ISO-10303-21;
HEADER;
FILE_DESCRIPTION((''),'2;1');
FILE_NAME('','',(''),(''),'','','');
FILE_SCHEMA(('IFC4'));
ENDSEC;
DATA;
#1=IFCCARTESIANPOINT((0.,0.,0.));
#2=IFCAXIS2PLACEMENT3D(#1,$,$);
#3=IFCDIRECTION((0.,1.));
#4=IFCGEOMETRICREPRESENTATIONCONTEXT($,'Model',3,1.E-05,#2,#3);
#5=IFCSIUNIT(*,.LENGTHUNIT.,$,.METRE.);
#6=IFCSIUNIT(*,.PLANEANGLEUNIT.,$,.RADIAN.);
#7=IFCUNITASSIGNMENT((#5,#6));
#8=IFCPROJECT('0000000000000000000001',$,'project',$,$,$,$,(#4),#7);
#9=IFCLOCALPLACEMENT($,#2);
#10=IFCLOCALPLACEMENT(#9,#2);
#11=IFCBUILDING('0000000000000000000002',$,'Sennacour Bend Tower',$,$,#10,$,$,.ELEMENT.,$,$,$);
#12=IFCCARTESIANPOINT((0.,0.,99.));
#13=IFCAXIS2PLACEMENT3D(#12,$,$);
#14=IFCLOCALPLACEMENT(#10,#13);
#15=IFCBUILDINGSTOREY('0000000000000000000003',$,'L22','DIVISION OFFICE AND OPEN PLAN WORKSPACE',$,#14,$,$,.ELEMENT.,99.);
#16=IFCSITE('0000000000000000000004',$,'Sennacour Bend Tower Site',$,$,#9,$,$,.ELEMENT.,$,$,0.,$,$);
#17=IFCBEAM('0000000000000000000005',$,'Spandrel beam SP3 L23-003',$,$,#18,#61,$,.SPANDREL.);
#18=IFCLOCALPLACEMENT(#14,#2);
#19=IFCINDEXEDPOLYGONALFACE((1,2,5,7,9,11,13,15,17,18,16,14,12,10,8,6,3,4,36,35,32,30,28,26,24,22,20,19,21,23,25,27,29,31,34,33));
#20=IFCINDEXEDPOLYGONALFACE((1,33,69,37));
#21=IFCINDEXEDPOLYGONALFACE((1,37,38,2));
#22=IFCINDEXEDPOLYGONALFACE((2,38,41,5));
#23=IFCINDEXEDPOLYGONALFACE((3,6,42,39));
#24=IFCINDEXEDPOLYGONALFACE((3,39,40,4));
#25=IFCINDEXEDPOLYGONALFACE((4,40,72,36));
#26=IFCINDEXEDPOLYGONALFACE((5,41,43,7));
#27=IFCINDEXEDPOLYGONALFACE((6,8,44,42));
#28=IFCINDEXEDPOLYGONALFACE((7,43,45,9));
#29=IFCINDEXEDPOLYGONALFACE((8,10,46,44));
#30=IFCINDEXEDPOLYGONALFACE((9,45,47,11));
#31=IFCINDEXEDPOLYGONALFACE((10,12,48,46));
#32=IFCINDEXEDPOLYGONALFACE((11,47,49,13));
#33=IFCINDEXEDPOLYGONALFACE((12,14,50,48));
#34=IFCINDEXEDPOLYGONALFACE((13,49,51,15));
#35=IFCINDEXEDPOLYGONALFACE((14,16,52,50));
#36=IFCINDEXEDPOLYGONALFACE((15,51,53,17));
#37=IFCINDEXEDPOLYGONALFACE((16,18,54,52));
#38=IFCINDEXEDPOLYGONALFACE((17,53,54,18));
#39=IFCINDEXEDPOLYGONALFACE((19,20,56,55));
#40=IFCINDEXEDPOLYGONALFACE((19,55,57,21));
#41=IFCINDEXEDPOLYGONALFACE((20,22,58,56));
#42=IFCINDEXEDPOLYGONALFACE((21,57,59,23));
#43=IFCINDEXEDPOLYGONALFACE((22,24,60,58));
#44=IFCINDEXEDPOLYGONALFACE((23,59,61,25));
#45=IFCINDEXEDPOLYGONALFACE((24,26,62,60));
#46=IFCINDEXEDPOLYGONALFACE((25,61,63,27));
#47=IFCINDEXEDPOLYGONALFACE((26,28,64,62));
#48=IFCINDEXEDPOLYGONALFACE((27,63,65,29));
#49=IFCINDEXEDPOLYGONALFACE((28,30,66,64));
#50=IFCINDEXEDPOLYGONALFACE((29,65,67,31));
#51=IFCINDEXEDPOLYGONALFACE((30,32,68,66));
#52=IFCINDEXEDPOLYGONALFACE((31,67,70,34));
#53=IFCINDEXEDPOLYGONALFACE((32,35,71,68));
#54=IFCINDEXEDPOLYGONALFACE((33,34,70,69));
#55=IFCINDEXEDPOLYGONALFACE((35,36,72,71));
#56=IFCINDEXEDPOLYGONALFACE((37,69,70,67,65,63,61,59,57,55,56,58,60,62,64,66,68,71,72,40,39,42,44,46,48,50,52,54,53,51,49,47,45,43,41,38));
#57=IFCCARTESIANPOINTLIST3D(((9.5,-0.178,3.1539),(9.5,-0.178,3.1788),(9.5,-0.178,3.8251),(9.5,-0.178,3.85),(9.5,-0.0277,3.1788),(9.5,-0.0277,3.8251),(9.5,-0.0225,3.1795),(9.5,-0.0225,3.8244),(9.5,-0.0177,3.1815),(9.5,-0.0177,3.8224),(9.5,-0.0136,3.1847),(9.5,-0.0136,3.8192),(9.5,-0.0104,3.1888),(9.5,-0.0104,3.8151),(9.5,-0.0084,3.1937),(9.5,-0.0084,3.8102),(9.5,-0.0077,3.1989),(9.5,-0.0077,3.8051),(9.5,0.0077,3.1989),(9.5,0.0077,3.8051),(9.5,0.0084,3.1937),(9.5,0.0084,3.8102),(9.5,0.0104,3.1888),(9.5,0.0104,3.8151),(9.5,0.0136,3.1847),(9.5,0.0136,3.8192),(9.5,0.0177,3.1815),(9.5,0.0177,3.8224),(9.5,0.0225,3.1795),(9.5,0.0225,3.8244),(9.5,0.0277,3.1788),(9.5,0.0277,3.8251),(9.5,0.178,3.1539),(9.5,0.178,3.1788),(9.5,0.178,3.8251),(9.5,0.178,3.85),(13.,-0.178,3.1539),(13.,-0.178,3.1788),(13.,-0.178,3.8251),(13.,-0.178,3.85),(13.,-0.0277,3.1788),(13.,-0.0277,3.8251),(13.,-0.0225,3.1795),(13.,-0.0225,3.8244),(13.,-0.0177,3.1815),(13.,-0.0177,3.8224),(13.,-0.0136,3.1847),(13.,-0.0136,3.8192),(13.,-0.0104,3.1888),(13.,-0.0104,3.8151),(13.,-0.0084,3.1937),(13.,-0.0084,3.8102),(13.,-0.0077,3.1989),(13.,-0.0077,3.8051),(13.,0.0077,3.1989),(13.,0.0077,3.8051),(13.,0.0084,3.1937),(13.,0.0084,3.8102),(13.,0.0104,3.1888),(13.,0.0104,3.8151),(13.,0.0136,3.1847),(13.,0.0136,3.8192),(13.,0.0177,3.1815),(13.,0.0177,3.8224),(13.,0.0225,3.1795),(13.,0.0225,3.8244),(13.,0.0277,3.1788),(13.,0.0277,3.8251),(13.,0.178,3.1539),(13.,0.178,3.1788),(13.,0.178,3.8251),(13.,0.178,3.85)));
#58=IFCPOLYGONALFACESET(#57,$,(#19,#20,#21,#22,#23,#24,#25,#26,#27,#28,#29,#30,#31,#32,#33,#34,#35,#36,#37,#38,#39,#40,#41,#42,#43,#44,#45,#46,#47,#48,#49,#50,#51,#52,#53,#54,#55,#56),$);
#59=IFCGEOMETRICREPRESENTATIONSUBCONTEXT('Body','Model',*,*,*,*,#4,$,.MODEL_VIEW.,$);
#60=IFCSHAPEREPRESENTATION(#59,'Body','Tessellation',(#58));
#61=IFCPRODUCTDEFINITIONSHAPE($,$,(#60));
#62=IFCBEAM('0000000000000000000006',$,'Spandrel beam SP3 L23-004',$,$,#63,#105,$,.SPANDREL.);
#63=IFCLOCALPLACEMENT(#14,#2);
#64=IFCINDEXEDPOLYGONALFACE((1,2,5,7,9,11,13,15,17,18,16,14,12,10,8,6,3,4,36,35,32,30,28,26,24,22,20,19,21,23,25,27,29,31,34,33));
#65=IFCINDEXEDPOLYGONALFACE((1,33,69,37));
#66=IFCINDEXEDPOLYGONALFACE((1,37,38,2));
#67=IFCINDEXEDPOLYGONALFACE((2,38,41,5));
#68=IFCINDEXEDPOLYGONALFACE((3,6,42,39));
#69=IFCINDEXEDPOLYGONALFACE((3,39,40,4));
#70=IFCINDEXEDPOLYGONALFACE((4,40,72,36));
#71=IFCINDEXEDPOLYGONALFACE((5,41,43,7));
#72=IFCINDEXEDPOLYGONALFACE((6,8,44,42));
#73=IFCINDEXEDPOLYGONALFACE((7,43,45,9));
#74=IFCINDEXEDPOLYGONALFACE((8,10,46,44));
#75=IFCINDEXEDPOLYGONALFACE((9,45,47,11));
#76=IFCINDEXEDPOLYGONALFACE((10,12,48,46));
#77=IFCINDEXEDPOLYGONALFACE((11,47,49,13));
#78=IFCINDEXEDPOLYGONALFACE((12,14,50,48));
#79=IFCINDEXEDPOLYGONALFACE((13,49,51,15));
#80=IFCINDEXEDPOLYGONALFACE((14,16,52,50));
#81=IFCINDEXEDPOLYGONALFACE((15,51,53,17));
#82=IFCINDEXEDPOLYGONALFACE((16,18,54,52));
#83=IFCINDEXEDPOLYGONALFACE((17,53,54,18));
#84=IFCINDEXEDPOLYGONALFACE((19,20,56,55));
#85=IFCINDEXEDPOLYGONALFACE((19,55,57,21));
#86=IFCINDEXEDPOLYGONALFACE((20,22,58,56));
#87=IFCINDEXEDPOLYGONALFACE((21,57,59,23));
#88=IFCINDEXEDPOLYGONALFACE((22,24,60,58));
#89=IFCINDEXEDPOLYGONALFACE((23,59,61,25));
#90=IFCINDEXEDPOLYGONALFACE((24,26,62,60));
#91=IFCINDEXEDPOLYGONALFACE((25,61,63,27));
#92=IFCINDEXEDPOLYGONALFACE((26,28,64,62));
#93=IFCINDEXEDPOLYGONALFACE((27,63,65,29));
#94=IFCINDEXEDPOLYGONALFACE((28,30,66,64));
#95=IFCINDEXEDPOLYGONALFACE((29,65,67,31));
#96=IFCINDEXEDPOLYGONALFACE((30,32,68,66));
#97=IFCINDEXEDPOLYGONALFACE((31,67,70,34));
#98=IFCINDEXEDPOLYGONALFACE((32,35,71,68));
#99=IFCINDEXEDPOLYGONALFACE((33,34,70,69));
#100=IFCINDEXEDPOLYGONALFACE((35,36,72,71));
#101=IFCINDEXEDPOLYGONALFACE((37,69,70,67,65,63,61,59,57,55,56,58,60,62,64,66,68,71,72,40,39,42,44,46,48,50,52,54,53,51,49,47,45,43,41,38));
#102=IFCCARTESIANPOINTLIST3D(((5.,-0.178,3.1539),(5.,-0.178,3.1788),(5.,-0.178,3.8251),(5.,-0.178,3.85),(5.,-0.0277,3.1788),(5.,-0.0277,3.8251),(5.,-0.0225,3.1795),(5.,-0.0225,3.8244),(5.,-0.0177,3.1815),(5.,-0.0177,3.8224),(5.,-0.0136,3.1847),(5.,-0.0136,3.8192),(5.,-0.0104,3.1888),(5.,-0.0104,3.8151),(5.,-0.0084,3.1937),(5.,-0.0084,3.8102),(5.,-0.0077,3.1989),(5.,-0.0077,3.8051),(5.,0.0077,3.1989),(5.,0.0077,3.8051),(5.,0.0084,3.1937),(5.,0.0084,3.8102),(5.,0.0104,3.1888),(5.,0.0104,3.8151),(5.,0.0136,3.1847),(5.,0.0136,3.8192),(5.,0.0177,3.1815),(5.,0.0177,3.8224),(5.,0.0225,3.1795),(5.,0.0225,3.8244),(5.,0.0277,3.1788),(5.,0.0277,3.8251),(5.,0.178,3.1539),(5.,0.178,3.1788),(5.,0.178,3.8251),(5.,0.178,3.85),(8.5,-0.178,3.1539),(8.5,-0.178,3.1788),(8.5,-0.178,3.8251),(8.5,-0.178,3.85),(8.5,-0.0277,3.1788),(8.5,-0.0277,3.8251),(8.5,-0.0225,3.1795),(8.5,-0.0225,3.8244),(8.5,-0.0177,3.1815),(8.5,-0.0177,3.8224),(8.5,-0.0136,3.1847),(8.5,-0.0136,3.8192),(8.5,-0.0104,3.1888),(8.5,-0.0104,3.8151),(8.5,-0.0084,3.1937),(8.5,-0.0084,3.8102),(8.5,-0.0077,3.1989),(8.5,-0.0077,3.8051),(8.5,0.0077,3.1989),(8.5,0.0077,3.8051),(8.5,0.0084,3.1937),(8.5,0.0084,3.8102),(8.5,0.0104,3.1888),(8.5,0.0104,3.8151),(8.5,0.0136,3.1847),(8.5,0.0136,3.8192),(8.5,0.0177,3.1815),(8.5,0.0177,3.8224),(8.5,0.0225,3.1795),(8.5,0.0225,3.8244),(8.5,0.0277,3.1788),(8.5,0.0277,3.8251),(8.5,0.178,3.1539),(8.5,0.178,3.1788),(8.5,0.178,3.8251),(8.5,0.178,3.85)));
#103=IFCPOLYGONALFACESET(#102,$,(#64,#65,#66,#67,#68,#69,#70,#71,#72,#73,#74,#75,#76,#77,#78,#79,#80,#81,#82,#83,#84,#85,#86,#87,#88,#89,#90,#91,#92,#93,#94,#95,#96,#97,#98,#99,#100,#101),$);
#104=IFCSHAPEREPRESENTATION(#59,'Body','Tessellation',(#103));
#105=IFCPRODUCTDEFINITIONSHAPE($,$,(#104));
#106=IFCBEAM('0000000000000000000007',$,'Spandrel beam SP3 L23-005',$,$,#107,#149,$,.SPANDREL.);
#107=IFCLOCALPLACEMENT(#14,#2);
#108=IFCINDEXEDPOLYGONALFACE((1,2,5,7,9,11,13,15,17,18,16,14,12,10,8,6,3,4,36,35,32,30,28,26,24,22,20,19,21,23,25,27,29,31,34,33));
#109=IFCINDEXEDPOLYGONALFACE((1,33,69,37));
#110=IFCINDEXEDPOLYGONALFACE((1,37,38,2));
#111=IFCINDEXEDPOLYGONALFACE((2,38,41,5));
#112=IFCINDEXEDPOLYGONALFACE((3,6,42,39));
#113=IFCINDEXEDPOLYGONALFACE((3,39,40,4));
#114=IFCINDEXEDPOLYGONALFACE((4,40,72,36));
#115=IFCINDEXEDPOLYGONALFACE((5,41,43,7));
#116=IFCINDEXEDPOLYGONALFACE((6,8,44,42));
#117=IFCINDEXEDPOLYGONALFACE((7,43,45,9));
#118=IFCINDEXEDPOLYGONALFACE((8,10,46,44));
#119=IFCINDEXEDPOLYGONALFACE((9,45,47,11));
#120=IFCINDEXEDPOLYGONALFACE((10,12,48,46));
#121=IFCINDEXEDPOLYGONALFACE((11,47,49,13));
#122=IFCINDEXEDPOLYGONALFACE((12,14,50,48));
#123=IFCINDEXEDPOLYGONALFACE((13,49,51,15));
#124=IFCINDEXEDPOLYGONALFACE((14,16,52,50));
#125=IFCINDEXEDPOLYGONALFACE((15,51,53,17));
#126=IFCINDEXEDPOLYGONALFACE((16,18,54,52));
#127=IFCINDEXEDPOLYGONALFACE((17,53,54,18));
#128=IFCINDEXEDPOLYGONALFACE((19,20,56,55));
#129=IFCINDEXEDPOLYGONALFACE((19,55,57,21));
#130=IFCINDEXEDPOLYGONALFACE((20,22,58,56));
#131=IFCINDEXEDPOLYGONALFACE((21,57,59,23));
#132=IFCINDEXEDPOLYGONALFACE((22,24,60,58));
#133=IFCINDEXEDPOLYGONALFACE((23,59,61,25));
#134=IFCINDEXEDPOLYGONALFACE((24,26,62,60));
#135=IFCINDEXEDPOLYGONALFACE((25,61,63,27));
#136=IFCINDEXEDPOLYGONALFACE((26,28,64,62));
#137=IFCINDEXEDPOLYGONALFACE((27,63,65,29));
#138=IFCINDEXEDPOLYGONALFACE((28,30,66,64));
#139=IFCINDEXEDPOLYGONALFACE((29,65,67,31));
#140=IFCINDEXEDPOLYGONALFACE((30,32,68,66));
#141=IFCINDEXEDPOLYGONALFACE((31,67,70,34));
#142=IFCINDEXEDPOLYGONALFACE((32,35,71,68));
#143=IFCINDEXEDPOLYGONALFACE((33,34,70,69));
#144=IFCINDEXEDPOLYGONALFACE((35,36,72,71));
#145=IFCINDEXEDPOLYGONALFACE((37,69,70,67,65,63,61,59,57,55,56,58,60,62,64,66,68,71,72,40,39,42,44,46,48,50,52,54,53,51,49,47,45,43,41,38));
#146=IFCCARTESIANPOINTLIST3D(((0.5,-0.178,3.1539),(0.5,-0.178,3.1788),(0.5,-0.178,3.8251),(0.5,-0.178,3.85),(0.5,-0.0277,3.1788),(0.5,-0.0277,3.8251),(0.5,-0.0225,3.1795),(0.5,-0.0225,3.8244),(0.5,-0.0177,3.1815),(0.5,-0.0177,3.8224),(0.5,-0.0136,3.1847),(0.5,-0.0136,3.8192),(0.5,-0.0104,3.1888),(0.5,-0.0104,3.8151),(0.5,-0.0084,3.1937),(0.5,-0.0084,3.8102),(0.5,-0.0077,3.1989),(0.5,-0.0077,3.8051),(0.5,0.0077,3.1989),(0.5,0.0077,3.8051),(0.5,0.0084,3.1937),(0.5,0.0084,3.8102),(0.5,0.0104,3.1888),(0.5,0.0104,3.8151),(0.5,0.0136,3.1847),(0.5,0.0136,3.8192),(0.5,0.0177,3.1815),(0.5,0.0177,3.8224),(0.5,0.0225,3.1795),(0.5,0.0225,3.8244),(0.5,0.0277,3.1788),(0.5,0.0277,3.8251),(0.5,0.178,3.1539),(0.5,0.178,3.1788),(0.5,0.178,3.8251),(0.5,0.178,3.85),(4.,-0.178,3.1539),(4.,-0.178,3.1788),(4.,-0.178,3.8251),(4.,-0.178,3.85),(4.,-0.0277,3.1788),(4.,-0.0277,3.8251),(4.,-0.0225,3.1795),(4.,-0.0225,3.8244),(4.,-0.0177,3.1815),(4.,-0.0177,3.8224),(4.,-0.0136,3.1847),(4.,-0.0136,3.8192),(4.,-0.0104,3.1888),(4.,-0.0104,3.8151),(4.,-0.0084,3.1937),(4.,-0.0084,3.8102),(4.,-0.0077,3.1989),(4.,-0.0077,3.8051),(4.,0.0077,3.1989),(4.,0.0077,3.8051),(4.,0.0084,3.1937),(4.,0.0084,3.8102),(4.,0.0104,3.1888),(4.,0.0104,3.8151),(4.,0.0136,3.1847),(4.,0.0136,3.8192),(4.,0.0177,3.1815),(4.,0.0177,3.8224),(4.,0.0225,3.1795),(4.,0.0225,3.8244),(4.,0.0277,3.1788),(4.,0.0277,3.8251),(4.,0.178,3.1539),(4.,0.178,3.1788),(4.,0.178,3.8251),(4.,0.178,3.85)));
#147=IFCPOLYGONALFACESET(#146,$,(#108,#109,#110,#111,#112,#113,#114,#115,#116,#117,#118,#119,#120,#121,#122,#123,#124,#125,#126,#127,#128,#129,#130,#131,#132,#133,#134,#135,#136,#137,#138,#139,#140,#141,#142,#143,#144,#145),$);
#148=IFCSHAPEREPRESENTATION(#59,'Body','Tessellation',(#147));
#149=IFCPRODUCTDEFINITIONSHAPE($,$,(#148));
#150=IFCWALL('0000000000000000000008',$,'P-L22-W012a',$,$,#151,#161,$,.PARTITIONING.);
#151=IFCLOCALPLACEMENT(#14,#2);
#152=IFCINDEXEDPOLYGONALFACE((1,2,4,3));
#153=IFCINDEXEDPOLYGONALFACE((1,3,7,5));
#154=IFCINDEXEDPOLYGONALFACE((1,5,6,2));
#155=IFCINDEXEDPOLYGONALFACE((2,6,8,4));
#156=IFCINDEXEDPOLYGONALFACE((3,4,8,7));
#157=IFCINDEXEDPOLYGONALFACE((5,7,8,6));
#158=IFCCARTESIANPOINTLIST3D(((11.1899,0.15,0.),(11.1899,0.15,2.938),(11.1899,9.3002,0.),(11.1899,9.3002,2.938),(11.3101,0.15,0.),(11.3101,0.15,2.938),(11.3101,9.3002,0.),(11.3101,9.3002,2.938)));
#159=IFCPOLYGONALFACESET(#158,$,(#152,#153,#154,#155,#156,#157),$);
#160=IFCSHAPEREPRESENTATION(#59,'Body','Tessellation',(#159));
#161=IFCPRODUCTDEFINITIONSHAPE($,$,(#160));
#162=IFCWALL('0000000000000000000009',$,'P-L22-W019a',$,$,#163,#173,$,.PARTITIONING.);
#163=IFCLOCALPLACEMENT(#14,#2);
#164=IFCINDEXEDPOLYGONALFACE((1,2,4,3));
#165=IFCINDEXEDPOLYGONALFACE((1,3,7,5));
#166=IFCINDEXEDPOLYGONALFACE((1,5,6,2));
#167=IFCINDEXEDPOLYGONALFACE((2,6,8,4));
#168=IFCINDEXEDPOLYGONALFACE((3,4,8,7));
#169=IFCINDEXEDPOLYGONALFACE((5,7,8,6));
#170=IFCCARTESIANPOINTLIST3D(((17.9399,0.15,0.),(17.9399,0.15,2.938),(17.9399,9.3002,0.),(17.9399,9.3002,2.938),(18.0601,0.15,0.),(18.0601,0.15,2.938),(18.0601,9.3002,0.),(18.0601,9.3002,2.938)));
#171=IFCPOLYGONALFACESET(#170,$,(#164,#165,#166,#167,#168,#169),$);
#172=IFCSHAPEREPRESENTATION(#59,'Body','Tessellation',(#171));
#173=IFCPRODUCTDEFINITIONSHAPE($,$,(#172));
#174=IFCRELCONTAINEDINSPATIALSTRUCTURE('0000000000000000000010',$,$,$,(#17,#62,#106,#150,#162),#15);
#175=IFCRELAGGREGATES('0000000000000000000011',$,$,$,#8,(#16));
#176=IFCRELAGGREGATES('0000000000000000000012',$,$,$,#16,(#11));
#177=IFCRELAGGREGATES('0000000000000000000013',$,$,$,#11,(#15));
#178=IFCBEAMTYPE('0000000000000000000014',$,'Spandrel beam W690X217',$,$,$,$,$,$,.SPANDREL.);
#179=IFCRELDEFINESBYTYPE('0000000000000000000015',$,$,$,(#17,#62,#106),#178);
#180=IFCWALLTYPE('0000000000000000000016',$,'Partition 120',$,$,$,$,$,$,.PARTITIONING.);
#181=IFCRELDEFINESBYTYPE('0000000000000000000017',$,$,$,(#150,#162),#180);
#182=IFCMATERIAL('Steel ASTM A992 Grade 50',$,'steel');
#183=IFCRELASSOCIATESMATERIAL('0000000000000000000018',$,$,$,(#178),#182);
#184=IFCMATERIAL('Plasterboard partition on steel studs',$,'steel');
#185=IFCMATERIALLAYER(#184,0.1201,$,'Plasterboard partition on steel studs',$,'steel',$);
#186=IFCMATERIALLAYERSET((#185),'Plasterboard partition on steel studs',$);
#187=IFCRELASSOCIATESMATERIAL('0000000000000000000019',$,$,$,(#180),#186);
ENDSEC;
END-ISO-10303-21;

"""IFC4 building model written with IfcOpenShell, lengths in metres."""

from ifc_helpers import new_model, si_unit, direction, frame, frame_2d, origin, origin_2d, place, context, subcontext, project, spatial, rectangle, i_section, extrude, material, layer, layer_set, material_profile, profile_set, type_object, element, save


model = new_model("IFC4")

# Units and contexts
model_context = context("Model", 3, precision=1e-05, world=origin(), true_north=direction((0.0, 1.0)))
body_context = subcontext(model_context, "Body", "Model", "MODEL_VIEW")
ifc_project = project(units=[si_unit("LENGTHUNIT", "METRE"), si_unit("PLANEANGLEUNIT", "RADIAN")], contexts=[model_context])

# Site, building, storey
site_placement = place(None, origin())
site = spatial("IfcSite", under=ifc_project, at=site_placement, Name="Sennacour Bend Tower Site", CompositionType="ELEMENT", RefElevation=0.0)
building_placement = place(site_placement, origin())
building = spatial("IfcBuilding", under=site, at=building_placement, Name="Sennacour Bend Tower", CompositionType="ELEMENT")
storey_placement = place(building_placement, frame((0.0, 0.0, 99.0)))
storey = spatial("IfcBuildingStorey", under=building, at=storey_placement, Name="L22", Description="DIVISION OFFICE AND OPEN PLAN WORKSPACE", CompositionType="ELEMENT", Elevation=99.0)

# Beams
ifc_material_1 = material(Name="Steel ASTM A992 Grade 50", Category="steel")
ifc_material_profile_1 = material_profile(ifc_material_1, i_section(OverallWidth=0.356, OverallDepth=0.696, WebThickness=0.0154, FlangeThickness=0.0249, FilletRadius=0.02, at=origin_2d()), Name="Steel ASTM A992 Grade 50", Category="steel")
ifc_profile_set_1 = profile_set([ifc_material_profile_1], Name="Steel ASTM A992 Grade 50")
beam_type_1 = type_object("IfcBeamType", Name="Spandrel beam W690X217", PredefinedType="SPANDREL", material=ifc_profile_set_1)
for number, where, z_axis, x_axis, name in (
    (1, (13.0, 0.0, 3.502), (-1.0, 0.0, 0.0), (0.0, -1.0, 0.0), "Spandrel beam SP3 L23-003"),
    (2, (8.5, 0.0, 3.502), (-1.0, 0.0, 0.0), (0.0, -1.0, 0.0), "Spandrel beam SP3 L23-004"),
    (3, (4.0, 0.0, 3.502), (-1.0, 0.0, 0.0), (0.0, -1.0, 0.0), "Spandrel beam SP3 L23-005"),
):
    element("IfcBeam", number, at=place(storey_placement, frame(where, z_axis=z_axis, x_axis=x_axis)), inside=storey, type_object=beam_type_1, Name=name, PredefinedType="SPANDREL", context=body_context, shape_type="SweptSolid", body=[
        extrude(i_section(OverallWidth=0.356, OverallDepth=0.696, WebThickness=0.0154, FlangeThickness=0.0249, FilletRadius=0.02, at=origin_2d()), origin(), (0.0, 0.0, 1.0), 3.5),
    ])

# Walls
ifc_material_2 = material(Name="Plasterboard partition on steel studs", Category="steel")
ifc_layer_1 = layer(ifc_material_2, 0.1201, Name="Plasterboard partition on steel studs", Category="steel")
ifc_layer_set_1 = layer_set([ifc_layer_1], Name="Plasterboard partition on steel studs")
wall_type_1 = type_object("IfcWallType", Name="Partition 120", PredefinedType="PARTITIONING", material=ifc_layer_set_1)
for number, where, z_axis, x_axis, name in (
    (4, (11.25, 0.1499, 0.0), (0.0, 0.0, 1.0), (0.0, 1.0, 0.0), "P-L22-W012a"),
    (5, (18.0, 0.1499, 0.0), (0.0, 0.0, 1.0), (0.0, 1.0, 0.0), "P-L22-W019a"),
):
    element("IfcWall", number, at=place(storey_placement, frame(where, z_axis=z_axis, x_axis=x_axis)), inside=storey, type_object=wall_type_1, Name=name, PredefinedType="PARTITIONING", context=body_context, shape_type="SweptSolid", body=[
        extrude(rectangle(XDim=9.1501, YDim=0.1201, at=frame_2d((4.5752, 0.0))), origin(), (0.0, 0.0, 1.0), 2.938),
    ])

save(model, "model.ifc")
